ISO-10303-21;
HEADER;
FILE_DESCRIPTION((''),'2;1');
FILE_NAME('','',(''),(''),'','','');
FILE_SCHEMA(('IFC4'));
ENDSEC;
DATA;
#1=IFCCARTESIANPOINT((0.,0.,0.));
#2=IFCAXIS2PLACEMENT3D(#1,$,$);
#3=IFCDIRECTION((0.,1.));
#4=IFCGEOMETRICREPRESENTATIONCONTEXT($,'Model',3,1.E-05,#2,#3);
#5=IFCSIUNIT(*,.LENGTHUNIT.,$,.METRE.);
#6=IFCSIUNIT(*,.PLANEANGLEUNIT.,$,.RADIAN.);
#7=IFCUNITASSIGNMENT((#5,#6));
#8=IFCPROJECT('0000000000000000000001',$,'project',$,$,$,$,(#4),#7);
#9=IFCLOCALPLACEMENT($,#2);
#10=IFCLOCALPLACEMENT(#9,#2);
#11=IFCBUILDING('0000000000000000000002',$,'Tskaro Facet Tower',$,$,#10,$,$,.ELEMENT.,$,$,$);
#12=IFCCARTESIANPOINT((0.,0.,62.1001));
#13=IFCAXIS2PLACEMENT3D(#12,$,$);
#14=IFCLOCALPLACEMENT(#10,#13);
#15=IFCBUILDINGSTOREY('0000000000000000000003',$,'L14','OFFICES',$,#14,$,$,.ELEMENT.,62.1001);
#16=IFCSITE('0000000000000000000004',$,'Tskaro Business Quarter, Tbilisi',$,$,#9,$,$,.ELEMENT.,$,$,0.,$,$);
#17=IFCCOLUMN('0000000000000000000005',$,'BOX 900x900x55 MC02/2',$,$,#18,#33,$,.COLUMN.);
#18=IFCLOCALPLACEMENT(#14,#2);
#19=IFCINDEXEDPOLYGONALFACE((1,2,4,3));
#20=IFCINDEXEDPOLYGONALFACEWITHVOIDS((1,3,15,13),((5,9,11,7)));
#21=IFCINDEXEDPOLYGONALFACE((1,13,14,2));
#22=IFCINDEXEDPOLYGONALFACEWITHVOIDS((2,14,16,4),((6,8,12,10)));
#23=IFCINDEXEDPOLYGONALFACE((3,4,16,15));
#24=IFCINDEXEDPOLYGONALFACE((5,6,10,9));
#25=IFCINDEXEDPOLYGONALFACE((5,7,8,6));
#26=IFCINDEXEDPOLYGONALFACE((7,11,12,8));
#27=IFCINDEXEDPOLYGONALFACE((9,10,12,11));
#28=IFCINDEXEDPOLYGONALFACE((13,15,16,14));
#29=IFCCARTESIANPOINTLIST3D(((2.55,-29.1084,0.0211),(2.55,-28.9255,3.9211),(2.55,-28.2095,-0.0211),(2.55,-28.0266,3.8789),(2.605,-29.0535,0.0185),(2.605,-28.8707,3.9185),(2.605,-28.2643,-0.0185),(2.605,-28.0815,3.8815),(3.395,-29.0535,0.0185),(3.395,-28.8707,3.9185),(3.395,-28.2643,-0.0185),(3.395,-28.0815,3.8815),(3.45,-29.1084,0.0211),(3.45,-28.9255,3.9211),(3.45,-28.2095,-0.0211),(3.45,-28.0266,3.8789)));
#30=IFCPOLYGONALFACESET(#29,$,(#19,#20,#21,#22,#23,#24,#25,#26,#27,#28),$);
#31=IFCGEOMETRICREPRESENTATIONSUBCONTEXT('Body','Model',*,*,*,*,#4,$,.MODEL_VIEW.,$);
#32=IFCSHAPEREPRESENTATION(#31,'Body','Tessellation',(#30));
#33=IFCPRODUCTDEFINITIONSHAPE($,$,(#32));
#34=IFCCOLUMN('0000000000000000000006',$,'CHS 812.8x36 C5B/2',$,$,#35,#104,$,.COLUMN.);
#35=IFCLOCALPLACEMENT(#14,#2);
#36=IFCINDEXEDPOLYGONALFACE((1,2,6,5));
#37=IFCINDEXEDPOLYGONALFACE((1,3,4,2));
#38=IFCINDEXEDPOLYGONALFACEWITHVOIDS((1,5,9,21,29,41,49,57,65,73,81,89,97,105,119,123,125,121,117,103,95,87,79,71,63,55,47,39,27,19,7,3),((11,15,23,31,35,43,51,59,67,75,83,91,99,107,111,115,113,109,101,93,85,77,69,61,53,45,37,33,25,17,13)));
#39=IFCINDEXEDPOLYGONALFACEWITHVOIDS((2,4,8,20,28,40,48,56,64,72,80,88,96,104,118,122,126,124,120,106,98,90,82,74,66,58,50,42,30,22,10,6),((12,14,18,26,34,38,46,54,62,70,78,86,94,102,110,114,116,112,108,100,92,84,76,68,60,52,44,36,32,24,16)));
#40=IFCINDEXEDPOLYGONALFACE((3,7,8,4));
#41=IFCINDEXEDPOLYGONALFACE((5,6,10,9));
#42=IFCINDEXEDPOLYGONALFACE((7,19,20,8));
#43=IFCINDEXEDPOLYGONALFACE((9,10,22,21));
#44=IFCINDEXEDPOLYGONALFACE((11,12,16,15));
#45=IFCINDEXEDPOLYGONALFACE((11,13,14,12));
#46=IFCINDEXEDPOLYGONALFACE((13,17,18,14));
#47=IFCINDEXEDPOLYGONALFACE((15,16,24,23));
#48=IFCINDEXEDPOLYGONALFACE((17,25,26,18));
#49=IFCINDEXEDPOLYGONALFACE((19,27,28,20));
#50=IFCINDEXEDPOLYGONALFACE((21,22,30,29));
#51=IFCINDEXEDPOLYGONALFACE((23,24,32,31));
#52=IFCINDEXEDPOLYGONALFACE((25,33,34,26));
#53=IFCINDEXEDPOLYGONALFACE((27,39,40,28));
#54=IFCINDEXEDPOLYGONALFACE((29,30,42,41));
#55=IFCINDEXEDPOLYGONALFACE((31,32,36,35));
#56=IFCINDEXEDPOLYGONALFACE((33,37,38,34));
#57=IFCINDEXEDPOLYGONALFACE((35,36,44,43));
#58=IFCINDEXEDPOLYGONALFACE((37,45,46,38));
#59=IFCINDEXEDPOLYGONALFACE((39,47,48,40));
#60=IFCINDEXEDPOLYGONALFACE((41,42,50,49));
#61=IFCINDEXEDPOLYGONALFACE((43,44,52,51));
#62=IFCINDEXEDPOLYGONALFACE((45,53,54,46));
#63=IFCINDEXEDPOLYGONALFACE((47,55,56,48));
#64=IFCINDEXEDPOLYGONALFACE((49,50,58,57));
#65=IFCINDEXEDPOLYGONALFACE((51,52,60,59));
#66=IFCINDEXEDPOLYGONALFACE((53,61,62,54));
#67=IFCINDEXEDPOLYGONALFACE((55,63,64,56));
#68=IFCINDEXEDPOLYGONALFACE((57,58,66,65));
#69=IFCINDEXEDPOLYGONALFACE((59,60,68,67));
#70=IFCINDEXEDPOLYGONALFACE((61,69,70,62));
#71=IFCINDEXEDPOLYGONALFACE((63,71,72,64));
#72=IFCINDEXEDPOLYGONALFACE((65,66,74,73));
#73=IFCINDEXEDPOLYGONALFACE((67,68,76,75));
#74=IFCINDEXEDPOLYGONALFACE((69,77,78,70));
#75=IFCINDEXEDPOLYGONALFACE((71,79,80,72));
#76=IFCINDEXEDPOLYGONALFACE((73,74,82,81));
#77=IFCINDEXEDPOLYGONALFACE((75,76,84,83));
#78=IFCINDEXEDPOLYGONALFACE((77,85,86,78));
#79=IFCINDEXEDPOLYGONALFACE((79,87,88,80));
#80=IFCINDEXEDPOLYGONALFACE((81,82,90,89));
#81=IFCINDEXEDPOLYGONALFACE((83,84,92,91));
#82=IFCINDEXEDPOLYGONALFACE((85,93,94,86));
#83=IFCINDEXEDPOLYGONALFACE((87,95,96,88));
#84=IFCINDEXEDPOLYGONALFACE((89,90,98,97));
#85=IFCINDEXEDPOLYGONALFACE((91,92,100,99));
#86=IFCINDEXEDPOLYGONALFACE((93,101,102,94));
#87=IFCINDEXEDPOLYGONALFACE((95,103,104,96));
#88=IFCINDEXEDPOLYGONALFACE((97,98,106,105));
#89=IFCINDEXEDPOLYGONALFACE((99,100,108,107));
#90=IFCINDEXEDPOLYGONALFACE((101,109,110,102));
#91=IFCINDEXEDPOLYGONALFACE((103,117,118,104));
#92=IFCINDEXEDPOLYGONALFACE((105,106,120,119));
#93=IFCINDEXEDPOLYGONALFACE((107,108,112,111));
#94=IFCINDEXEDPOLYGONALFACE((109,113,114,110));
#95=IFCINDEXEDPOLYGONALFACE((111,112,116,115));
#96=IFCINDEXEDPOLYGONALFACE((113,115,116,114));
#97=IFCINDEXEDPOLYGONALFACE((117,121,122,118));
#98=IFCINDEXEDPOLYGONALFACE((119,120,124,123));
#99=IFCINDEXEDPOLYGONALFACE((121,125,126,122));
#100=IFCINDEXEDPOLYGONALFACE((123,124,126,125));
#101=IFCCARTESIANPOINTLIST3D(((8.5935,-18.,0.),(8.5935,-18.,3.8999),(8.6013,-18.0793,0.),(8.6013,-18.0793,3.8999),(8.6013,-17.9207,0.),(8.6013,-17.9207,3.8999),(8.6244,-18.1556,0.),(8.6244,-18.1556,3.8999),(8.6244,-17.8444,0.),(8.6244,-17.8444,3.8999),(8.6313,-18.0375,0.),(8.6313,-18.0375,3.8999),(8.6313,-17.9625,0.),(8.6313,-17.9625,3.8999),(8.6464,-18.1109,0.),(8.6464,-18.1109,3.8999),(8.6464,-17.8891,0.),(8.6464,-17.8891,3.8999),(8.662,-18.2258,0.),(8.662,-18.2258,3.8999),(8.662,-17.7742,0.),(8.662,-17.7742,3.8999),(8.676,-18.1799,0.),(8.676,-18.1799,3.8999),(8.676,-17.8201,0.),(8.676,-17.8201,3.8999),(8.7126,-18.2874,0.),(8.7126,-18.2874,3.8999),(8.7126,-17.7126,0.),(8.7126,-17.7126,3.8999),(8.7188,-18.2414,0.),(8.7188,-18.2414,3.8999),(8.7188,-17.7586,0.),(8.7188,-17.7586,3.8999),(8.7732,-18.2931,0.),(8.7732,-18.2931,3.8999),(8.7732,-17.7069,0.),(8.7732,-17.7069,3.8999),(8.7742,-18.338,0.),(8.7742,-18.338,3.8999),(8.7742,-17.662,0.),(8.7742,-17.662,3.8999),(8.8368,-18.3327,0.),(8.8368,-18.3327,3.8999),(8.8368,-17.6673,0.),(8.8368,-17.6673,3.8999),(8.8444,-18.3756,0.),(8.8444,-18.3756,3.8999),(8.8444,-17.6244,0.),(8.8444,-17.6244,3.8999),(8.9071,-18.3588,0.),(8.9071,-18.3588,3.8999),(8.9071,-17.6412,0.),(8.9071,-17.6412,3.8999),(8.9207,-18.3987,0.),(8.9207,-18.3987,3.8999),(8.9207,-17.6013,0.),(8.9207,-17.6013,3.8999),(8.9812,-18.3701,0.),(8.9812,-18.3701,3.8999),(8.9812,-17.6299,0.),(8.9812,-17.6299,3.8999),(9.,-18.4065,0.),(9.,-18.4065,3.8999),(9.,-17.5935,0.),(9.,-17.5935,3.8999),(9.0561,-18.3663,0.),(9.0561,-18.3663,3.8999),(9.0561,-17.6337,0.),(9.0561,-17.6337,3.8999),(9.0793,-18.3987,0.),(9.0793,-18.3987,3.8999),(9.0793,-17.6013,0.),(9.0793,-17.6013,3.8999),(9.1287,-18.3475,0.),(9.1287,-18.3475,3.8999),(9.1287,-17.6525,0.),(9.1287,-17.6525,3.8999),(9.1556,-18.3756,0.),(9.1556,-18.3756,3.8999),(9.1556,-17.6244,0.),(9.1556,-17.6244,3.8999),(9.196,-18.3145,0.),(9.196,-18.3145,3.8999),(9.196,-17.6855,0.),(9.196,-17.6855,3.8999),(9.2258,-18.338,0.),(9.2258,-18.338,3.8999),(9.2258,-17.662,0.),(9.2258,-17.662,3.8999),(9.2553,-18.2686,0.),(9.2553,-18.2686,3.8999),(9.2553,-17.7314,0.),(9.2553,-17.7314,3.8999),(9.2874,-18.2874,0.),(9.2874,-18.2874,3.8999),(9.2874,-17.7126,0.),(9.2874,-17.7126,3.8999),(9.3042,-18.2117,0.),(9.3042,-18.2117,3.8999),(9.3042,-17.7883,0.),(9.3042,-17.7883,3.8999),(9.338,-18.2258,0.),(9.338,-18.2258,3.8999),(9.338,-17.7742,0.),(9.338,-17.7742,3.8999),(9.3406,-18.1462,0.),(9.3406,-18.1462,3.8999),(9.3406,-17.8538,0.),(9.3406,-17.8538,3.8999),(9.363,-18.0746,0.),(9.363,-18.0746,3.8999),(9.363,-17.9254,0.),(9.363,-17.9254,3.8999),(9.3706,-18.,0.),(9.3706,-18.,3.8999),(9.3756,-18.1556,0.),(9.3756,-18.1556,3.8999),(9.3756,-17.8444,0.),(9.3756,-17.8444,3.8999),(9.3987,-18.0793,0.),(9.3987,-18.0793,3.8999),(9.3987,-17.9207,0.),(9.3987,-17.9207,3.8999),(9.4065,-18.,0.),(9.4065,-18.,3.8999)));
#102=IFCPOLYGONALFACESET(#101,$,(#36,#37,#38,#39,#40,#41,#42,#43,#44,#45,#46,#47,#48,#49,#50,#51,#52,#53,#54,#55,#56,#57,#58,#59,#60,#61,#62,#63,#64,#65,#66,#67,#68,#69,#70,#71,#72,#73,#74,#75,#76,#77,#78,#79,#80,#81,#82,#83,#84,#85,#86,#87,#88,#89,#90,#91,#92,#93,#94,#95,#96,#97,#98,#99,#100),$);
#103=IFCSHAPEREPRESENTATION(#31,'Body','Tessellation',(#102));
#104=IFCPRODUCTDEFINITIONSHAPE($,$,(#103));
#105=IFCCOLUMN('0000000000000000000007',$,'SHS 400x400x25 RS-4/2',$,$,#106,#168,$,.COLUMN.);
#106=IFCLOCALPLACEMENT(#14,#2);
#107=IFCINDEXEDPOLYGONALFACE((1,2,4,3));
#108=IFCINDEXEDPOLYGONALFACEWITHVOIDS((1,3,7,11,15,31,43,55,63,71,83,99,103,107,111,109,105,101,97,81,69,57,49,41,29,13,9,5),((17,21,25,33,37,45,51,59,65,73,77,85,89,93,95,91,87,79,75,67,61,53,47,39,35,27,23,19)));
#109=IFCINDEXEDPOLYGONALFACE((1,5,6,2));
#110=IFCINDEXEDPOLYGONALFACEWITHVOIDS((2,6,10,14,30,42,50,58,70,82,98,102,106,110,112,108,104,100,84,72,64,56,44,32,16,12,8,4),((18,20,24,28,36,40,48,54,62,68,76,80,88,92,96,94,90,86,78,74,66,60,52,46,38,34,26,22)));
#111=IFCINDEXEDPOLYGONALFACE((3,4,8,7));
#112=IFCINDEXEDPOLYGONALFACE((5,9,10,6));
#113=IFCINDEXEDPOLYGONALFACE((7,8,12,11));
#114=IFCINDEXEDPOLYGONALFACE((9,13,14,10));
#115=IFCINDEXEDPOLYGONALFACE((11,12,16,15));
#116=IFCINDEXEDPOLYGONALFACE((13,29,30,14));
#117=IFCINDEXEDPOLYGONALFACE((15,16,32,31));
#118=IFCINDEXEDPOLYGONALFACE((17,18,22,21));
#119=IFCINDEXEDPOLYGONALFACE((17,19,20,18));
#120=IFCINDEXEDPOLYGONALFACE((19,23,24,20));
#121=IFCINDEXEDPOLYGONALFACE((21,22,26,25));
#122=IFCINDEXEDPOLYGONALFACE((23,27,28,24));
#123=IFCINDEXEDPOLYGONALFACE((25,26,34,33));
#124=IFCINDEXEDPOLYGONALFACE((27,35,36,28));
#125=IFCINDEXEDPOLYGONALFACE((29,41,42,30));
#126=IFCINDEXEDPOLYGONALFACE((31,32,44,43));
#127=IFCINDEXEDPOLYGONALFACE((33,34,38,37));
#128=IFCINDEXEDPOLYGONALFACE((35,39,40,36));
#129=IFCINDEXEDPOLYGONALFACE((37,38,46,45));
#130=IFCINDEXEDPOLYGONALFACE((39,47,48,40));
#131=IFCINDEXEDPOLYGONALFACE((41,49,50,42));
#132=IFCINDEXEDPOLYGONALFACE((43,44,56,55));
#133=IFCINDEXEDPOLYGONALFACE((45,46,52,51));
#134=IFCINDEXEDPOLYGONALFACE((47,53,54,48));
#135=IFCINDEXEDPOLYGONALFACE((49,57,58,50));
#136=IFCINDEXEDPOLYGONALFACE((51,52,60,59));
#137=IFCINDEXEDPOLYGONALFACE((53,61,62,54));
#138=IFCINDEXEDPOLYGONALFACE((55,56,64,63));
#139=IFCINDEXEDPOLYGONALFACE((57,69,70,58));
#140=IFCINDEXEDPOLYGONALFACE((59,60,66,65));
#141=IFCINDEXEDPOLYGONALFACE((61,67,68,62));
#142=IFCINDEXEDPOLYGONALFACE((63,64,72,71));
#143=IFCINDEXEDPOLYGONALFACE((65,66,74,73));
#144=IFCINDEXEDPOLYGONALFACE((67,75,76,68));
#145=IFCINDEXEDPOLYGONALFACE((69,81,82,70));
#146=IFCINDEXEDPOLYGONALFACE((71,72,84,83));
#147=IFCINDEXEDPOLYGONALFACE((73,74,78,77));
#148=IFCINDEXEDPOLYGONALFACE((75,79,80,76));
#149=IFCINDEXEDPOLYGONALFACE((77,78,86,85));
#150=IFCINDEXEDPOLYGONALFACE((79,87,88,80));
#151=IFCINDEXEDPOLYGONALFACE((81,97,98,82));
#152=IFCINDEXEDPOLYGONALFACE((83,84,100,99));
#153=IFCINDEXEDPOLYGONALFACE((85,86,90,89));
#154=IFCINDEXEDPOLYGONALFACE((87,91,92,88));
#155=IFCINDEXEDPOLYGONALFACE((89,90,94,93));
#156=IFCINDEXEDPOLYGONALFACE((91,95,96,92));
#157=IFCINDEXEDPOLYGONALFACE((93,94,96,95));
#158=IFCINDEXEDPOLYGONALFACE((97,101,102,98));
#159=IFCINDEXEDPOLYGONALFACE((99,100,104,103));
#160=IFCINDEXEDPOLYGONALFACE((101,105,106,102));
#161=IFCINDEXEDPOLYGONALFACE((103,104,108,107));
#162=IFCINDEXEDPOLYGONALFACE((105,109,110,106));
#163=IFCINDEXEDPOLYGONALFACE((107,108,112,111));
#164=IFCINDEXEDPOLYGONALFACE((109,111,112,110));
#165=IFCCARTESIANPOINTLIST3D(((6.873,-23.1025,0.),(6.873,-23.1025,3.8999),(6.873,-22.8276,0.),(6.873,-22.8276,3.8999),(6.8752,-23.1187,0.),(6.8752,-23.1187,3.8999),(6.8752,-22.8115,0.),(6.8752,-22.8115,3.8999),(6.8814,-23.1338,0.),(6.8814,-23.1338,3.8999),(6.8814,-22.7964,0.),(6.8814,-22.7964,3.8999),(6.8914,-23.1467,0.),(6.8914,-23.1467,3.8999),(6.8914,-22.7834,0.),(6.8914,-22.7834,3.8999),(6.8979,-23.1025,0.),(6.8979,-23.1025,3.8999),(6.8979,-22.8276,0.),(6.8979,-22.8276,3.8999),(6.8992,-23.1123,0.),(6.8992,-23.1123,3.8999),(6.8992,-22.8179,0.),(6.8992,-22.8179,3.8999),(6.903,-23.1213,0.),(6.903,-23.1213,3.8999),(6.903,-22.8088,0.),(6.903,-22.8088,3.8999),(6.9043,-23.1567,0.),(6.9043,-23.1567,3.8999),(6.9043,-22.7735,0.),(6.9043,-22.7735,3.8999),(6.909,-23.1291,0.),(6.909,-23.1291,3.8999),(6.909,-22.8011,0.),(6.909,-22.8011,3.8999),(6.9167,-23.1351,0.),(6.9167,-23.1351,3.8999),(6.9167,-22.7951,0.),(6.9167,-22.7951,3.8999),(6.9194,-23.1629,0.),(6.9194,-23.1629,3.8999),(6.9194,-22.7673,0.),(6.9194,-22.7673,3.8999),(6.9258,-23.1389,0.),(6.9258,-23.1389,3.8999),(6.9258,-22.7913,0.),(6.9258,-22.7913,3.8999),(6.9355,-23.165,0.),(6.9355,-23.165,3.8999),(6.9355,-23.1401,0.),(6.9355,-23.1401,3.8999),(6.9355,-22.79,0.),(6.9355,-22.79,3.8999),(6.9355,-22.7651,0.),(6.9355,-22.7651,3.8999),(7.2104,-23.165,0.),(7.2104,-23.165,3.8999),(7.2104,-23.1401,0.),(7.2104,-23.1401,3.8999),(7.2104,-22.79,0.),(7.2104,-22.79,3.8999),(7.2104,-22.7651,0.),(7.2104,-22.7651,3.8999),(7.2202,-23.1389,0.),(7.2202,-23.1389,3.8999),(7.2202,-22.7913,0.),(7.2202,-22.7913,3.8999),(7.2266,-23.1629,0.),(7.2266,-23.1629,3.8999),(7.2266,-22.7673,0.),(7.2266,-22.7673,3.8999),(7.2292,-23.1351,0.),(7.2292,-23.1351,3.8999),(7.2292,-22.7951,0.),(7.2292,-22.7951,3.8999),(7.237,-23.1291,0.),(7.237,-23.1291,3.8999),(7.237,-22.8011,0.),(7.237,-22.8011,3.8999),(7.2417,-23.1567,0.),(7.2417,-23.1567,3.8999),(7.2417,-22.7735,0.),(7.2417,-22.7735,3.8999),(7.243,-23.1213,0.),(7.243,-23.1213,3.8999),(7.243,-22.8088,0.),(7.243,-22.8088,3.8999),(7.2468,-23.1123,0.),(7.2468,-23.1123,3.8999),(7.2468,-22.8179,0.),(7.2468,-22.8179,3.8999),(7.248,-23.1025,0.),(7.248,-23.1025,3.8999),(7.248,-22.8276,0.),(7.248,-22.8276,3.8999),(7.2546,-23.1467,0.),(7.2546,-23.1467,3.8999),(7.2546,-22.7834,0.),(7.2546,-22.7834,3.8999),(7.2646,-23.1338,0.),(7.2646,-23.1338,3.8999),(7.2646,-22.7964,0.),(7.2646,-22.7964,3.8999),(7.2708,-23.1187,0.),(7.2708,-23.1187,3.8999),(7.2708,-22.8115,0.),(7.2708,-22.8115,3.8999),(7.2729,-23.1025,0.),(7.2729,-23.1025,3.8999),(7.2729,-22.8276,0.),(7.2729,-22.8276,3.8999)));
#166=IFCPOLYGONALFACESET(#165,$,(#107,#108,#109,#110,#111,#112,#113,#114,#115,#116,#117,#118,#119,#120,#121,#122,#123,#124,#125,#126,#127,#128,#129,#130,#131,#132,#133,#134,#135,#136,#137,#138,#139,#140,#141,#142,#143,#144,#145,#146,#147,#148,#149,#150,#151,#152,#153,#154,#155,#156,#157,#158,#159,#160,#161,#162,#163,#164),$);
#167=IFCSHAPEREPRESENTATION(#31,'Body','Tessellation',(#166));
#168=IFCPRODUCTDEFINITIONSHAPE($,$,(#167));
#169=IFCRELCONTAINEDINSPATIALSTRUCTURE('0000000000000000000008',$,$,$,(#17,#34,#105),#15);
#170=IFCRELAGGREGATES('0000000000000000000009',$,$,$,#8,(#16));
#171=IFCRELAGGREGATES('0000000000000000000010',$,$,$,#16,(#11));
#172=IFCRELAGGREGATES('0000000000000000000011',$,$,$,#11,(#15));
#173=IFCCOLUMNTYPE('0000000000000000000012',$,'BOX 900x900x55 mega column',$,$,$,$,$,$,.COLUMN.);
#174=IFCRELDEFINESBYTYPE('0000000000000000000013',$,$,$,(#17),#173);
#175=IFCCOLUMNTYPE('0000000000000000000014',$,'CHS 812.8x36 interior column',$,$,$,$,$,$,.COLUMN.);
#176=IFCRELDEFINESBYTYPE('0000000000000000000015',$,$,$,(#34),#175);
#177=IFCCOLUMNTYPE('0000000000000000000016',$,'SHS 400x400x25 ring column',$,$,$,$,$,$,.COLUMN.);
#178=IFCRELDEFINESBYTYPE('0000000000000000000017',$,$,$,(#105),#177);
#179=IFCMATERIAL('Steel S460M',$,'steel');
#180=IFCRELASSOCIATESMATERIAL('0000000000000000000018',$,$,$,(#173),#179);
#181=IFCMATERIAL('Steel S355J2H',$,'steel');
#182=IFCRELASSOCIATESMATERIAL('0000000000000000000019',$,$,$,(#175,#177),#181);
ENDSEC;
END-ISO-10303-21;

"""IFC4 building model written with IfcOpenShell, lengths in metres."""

from ifc_helpers import new_model, si_unit, direction, frame, origin, origin_2d, place, context, subcontext, project, spatial, hollow_rectangle, hollow_circle, extrude, material, material_profile, profile_set, type_object, element, save


model = new_model("IFC4")

# Units and contexts
model_context = context("Model", 3, precision=1e-05, world=origin(), true_north=direction((0.0, 1.0)))
body_context = subcontext(model_context, "Body", "Model", "MODEL_VIEW")
ifc_project = project(units=[si_unit("LENGTHUNIT", "METRE"), si_unit("PLANEANGLEUNIT", "RADIAN")], contexts=[model_context])

# Site, building, storey
site_placement = place(None, origin())
site = spatial("IfcSite", under=ifc_project, at=site_placement, Name="Tskaro Business Quarter, Tbilisi", CompositionType="ELEMENT", RefElevation=0.0)
building_placement = place(site_placement, origin())
building = spatial("IfcBuilding", under=site, at=building_placement, Name="Tskaro Facet Tower", CompositionType="ELEMENT")
storey_placement = place(building_placement, frame((0.0, 0.0, 62.1001)))
storey = spatial("IfcBuildingStorey", under=building, at=storey_placement, Name="L14", Description="OFFICES", CompositionType="ELEMENT", Elevation=62.1001)

# Columns
ifc_material_1 = material(Name="Steel S460M", Category="steel")
ifc_material_profile_1 = material_profile(ifc_material_1, hollow_rectangle(XDim=0.8999, YDim=0.8999, WallThickness=0.0549, at=origin_2d()), Name="BOX 900x900x55")
ifc_profile_set_1 = profile_set([ifc_material_profile_1], Name="Steel S460M")
column_type_1 = type_object("IfcColumnType", Name="BOX 900x900x55 mega column", PredefinedType="COLUMN", material=ifc_profile_set_1)
column_1_placement = place(storey_placement, frame((3.0, -28.6589, 0.0), z_axis=(0.0, 0.046837, 0.998903), x_axis=(-1.0, 0.0, 0.0)))
element("IfcColumn", 1, at=column_1_placement, inside=storey, type_object=column_type_1, Name="BOX 900x900x55 MC02/2", PredefinedType="COLUMN", context=body_context, shape_type="SweptSolid", body=[
    extrude(hollow_rectangle(XDim=0.8999, YDim=0.8999, WallThickness=0.0549, at=origin_2d()), origin(), (0.0, 0.0, 1.0), 3.9043),
])
ifc_material_2 = material(Name="Steel S355J2H", Category="steel")
ifc_material_profile_2 = material_profile(ifc_material_2, hollow_circle(Radius=0.4065, WallThickness=0.0359, at=origin_2d()), Name="CHS 812.8x36")
ifc_profile_set_2 = profile_set([ifc_material_profile_2], Name="Steel S355J2H")
column_type_2 = type_object("IfcColumnType", Name="CHS 812.8x36 interior column", PredefinedType="COLUMN", material=ifc_profile_set_2)
column_2_placement = place(storey_placement, frame((9.0, -18.0, 0.0), z_axis=(0.0, 0.0, 1.0), x_axis=(1.0, 0.0, 0.0)))
element("IfcColumn", 2, at=column_2_placement, inside=storey, type_object=column_type_2, Name="CHS 812.8x36 C5B/2", PredefinedType="COLUMN", context=body_context, shape_type="SweptSolid", body=[
    extrude(hollow_circle(Radius=0.4065, WallThickness=0.0359, at=origin_2d()), origin(), (0.0, 0.0, 1.0), 3.8999),
])
ifc_material_profile_3 = material_profile(ifc_material_2, hollow_rectangle(XDim=0.3999, YDim=0.3999, WallThickness=0.0249, InnerFilletRadius=0.0376, OuterFilletRadius=0.0625, at=origin_2d()), Name="SHS 400x400x25")
ifc_profile_set_3 = profile_set([ifc_material_profile_3], Name="Steel S355J2H")
column_type_3 = type_object("IfcColumnType", Name="SHS 400x400x25 ring column", PredefinedType="COLUMN", material=ifc_profile_set_3)
for number, where, z_axis, x_axis, name in (
    (3, (7.073, -22.9651, 0.0), (0.0, 0.0, 1.0), (1.0, 0.0, 0.0), "SHS 400x400x25 RS-4/2"),
):
    element("IfcColumn", number, at=place(storey_placement, frame(where, z_axis=z_axis, x_axis=x_axis)), inside=storey, type_object=column_type_3, Name=name, PredefinedType="COLUMN", context=body_context, shape_type="SweptSolid", body=[
        extrude(hollow_rectangle(XDim=0.3999, YDim=0.3999, WallThickness=0.0249, InnerFilletRadius=0.0376, OuterFilletRadius=0.0625, at=origin_2d()), origin(), (0.0, 0.0, 1.0), 3.8999),
    ])

save(model, "model.ifc")
